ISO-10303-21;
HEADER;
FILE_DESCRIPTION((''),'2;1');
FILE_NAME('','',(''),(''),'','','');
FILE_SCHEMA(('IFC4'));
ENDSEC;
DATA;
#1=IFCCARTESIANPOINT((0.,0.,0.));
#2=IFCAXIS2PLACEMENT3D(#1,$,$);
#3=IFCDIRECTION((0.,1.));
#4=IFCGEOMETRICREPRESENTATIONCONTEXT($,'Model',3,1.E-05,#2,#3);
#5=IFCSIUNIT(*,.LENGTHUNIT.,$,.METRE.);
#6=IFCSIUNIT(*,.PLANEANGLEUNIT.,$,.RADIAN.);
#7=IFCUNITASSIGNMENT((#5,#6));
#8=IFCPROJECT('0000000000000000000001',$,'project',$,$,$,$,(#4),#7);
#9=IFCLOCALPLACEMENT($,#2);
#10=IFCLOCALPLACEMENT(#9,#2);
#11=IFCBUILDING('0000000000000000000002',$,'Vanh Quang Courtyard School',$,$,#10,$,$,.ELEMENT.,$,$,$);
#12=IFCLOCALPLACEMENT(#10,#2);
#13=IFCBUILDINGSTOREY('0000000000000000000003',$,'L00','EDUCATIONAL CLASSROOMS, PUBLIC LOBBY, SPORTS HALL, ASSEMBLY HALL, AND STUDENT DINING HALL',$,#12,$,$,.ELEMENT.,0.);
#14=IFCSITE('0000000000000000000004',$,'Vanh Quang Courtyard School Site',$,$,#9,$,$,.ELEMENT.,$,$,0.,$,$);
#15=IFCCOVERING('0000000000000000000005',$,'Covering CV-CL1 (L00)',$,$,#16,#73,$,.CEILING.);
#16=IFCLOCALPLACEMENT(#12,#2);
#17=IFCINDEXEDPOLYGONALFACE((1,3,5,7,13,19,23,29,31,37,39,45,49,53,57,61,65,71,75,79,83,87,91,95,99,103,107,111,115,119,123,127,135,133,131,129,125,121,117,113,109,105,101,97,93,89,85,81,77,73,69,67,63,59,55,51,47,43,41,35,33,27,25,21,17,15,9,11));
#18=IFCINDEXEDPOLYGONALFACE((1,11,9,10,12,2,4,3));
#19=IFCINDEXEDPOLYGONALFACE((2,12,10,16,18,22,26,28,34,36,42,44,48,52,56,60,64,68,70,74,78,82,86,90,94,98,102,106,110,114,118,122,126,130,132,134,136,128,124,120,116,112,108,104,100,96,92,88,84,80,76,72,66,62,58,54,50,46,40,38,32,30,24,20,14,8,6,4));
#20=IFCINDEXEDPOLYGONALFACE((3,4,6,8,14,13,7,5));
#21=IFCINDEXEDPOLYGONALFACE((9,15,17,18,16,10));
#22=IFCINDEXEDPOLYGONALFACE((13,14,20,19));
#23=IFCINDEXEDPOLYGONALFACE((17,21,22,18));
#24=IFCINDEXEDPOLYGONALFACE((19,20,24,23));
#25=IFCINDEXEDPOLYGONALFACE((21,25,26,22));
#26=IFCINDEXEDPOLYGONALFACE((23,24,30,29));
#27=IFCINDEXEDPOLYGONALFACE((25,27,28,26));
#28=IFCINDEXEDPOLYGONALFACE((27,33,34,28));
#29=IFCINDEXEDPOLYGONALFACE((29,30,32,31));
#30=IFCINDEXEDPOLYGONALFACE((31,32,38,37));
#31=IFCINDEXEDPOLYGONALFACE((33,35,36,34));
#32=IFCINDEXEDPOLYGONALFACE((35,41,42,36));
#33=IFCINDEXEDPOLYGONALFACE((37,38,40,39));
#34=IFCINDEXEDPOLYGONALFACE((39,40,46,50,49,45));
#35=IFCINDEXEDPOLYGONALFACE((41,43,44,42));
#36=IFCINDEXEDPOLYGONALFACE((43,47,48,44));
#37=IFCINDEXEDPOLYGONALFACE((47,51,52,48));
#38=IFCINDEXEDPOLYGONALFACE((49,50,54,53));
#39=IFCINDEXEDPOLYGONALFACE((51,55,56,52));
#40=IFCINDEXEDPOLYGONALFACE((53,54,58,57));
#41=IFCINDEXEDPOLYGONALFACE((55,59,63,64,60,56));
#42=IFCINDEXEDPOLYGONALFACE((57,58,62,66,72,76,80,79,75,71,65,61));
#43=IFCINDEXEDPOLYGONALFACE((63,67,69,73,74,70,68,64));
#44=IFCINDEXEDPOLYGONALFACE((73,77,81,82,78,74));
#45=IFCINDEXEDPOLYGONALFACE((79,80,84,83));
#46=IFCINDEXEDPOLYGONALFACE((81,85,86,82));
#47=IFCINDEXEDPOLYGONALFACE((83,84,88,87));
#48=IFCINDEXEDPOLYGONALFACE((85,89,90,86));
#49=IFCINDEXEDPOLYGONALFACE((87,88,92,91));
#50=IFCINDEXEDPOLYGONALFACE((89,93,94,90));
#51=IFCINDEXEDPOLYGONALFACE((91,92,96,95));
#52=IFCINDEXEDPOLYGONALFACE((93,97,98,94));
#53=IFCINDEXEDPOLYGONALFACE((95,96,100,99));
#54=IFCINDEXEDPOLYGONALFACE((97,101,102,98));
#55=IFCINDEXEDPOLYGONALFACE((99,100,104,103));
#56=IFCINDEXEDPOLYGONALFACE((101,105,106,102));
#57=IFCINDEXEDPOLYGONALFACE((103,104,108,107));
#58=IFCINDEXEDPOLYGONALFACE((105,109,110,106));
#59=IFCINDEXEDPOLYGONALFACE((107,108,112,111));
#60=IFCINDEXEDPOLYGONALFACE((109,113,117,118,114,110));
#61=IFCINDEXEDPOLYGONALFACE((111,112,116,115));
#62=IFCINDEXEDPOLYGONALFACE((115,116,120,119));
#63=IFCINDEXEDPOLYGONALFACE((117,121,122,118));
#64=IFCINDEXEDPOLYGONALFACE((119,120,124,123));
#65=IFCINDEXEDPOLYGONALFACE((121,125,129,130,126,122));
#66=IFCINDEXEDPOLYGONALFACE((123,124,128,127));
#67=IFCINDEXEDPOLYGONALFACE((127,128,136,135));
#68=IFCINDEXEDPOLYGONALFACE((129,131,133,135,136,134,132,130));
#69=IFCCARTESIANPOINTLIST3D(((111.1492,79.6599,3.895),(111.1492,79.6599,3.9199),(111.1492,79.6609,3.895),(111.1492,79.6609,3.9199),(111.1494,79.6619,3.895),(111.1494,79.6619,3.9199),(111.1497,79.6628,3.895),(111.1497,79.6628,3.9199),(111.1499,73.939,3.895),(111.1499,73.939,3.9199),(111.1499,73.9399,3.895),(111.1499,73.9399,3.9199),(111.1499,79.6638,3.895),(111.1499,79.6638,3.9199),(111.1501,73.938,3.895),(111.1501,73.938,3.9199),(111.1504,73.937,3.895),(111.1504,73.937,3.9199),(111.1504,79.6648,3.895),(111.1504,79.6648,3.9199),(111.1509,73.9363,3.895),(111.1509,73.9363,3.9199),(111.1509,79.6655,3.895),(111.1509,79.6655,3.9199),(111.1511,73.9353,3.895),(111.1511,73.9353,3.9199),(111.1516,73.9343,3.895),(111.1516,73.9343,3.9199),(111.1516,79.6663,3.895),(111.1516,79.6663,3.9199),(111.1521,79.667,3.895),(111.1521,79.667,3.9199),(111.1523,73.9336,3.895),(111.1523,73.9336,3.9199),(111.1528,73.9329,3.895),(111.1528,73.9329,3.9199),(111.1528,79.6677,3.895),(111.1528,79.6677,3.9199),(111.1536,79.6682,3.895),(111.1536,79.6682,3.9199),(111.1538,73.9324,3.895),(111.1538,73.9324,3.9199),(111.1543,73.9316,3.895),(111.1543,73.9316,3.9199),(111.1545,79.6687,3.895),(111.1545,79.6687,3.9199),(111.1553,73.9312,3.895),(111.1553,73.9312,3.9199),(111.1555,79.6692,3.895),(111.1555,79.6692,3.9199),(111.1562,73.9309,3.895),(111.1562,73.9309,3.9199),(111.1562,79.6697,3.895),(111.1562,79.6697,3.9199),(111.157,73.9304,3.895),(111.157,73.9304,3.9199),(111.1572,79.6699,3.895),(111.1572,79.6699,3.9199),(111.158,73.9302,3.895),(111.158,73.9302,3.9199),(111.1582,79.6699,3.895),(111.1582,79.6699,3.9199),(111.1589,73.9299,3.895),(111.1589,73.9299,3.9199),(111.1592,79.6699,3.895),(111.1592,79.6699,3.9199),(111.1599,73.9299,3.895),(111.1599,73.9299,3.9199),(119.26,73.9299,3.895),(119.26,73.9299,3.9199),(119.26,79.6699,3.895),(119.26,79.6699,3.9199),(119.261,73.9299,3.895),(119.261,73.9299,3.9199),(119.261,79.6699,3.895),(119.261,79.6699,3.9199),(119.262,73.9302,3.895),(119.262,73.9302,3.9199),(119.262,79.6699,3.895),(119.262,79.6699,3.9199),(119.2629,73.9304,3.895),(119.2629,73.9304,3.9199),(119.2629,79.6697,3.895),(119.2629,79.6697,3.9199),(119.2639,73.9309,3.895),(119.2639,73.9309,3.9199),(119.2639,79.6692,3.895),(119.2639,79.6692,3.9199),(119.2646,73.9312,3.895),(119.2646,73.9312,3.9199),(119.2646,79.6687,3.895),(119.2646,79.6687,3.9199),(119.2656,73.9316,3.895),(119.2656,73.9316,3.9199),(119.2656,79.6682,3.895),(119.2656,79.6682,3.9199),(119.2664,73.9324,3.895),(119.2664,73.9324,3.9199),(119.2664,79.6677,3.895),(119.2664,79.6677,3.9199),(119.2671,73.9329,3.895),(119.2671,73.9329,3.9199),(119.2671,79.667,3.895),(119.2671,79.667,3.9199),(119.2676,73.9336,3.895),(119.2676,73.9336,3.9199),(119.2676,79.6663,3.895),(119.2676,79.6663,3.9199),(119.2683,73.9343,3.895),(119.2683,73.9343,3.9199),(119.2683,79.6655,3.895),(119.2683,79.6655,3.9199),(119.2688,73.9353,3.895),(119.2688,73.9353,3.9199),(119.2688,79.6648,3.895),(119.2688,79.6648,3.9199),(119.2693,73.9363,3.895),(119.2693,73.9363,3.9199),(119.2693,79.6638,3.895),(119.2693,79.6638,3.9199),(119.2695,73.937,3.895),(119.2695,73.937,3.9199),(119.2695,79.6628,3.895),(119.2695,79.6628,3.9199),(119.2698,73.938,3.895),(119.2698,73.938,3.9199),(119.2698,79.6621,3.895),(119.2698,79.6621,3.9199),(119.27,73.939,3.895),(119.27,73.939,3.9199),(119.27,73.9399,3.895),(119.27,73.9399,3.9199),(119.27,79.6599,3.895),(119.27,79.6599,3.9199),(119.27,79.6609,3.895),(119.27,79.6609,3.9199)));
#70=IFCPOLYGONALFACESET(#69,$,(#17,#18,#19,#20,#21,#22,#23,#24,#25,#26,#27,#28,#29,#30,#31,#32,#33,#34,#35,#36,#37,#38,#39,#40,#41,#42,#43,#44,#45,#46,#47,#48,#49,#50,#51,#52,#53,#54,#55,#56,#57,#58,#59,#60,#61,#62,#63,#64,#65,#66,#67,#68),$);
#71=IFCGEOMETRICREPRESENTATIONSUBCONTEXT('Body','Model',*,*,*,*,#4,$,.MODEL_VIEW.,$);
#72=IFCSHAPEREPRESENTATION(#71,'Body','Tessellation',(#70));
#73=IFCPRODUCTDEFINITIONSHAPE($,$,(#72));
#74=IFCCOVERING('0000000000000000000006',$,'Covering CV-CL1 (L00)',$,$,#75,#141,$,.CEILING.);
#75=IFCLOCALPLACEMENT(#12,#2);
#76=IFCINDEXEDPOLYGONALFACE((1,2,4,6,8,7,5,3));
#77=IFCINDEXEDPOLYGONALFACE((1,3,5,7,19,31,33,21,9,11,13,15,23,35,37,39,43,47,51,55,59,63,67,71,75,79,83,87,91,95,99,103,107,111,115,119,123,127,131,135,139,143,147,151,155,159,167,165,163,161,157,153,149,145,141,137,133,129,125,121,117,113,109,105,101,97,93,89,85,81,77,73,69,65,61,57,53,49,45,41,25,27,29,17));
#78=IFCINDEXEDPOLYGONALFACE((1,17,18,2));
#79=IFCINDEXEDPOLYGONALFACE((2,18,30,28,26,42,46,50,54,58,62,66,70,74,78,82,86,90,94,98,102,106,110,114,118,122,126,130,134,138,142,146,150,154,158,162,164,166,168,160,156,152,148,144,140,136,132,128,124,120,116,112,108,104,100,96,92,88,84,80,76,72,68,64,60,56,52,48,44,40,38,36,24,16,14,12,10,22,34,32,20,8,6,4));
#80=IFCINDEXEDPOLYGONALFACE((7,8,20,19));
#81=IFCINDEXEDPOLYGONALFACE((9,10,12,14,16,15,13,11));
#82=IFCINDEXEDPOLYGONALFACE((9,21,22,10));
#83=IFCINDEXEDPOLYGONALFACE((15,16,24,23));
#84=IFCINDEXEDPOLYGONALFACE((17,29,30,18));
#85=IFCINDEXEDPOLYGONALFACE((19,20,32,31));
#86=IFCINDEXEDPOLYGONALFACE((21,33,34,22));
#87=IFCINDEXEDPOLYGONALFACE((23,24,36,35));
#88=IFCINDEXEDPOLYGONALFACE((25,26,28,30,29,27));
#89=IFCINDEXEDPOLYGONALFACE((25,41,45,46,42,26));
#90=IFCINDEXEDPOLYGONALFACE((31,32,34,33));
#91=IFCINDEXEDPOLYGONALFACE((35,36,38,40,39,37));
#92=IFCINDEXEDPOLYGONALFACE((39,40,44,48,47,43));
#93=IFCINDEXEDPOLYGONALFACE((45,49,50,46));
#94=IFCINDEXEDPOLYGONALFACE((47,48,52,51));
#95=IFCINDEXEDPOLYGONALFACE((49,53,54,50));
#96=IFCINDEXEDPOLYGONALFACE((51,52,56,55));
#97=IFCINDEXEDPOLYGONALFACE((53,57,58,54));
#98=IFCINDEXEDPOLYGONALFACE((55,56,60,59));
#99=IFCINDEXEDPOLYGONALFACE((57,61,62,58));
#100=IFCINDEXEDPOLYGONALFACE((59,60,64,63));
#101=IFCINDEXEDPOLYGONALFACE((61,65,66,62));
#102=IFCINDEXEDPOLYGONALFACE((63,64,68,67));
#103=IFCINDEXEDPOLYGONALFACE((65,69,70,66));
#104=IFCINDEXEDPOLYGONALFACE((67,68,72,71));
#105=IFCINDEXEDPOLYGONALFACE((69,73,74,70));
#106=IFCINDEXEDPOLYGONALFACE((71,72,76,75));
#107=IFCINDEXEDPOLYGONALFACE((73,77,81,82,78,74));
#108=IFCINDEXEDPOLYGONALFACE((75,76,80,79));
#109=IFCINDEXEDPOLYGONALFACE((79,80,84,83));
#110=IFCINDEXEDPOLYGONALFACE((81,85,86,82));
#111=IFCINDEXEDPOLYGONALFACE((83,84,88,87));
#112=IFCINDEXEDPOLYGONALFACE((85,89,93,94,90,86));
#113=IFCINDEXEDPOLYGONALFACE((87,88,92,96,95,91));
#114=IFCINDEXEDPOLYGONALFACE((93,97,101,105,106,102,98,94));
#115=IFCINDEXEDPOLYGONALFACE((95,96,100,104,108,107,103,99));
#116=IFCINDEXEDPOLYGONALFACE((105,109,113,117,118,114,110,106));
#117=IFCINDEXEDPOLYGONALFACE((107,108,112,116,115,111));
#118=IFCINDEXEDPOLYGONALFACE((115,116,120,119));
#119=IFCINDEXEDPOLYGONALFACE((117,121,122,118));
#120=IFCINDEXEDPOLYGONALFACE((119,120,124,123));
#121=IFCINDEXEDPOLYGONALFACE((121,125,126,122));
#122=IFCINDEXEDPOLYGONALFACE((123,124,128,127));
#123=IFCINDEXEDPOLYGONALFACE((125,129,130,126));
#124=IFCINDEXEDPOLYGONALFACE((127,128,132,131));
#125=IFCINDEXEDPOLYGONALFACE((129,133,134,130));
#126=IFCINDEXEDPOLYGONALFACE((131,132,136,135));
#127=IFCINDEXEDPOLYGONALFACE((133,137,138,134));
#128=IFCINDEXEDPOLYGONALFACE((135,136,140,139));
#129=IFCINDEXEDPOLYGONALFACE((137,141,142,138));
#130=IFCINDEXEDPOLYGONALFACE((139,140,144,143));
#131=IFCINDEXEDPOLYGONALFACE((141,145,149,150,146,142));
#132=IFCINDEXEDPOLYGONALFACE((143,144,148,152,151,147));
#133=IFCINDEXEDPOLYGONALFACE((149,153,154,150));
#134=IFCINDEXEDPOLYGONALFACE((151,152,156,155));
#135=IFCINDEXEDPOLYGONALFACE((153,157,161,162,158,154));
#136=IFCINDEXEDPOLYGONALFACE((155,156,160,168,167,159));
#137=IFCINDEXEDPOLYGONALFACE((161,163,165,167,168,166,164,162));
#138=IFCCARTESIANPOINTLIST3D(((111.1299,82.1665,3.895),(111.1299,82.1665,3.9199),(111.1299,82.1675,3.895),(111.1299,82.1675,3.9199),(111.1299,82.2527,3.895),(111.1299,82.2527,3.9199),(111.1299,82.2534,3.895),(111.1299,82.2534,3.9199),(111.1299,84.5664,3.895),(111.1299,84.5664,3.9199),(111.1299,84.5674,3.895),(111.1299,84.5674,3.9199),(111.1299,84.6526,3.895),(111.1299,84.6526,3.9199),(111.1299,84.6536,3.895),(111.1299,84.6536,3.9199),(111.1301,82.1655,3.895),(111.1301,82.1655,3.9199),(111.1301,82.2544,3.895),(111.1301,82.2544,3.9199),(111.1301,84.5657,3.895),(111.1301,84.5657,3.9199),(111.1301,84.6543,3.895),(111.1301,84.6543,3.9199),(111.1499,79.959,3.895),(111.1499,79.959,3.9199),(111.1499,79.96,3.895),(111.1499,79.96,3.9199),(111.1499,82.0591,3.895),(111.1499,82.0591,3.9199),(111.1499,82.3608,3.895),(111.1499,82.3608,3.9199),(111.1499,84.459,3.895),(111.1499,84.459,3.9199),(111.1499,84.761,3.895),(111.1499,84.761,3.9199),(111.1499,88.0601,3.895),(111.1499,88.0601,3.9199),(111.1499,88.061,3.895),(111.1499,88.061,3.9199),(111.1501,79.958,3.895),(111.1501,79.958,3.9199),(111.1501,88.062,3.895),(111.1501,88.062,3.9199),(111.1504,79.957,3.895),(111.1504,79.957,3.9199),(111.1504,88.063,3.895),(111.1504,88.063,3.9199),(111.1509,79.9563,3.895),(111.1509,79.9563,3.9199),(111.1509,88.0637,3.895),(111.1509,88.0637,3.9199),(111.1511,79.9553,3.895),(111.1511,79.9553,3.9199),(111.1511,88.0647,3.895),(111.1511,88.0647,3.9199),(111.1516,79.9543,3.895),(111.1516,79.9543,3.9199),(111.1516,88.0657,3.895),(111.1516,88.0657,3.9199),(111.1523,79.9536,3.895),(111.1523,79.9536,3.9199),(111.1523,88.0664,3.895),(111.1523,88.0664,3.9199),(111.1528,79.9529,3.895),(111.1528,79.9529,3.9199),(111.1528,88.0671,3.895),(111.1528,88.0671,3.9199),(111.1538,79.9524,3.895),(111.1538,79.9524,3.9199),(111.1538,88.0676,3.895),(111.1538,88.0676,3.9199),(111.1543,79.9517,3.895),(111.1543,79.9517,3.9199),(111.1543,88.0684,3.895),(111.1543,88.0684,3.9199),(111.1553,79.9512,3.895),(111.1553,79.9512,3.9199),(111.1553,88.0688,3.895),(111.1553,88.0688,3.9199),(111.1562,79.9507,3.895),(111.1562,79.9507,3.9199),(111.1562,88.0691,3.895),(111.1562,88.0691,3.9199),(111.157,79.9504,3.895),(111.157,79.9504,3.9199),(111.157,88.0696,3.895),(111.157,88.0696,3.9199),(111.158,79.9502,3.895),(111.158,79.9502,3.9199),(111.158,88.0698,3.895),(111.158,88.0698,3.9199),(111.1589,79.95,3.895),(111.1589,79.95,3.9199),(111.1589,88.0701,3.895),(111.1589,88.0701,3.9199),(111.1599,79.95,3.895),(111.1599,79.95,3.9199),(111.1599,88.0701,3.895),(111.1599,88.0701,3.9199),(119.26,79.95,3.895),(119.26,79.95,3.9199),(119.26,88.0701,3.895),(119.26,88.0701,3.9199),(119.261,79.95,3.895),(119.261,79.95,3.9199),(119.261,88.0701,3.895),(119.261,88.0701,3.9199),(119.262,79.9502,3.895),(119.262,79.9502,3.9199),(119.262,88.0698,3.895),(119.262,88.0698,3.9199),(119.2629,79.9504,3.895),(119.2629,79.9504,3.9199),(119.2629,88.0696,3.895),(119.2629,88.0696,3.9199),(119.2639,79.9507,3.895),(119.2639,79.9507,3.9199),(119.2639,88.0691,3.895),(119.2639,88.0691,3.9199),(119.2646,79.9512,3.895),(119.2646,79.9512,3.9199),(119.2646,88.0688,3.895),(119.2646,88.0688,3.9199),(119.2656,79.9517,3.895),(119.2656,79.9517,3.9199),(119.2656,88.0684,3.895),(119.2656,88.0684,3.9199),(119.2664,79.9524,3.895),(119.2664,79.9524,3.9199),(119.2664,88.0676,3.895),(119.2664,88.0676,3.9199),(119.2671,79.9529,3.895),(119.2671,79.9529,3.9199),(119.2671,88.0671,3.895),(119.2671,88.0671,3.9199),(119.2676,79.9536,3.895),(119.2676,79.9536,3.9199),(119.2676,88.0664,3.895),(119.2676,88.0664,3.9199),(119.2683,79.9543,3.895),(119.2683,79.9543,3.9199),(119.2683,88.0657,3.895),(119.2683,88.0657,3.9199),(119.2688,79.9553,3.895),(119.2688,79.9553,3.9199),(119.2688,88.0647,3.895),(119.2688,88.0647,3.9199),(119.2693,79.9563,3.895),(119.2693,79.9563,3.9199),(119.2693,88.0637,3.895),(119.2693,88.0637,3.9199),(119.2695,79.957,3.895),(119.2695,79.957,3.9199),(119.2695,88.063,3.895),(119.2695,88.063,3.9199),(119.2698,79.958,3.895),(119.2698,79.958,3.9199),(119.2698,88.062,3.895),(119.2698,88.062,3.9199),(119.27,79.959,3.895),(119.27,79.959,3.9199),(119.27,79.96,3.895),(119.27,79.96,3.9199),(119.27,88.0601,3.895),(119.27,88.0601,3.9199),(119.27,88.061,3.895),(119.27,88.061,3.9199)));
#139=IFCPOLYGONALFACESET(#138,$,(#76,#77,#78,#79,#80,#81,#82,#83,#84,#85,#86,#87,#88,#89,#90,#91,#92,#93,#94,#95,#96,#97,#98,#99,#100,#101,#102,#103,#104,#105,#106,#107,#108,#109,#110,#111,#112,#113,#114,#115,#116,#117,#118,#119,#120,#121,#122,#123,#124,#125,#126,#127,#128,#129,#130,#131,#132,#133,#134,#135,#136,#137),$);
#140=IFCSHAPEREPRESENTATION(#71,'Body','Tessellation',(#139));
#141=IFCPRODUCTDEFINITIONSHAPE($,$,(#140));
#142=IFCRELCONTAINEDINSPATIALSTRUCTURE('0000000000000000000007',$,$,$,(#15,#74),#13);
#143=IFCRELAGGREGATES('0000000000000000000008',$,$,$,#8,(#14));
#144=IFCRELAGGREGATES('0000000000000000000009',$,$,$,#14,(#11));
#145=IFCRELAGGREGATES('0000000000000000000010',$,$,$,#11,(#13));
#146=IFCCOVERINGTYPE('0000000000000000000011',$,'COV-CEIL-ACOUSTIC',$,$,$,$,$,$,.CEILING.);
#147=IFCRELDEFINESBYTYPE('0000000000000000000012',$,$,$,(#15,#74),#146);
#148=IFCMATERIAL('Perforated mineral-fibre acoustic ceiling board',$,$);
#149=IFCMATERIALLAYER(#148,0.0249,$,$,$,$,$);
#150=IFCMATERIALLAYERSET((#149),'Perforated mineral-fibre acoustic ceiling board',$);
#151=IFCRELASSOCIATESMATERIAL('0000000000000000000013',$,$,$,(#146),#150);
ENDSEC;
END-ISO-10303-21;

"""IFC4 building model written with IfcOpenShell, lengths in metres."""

from ifc_helpers import new_model, si_unit, direction, frame, origin, place, context, subcontext, project, spatial, polyline, outline, extrude, material, layer, layer_set, type_object, element, save


model = new_model("IFC4")

# Units and contexts
model_context = context("Model", 3, precision=1e-05, world=origin(), true_north=direction((0.0, 1.0)))
body_context = subcontext(model_context, "Body", "Model", "MODEL_VIEW")
ifc_project = project(units=[si_unit("LENGTHUNIT", "METRE"), si_unit("PLANEANGLEUNIT", "RADIAN")], contexts=[model_context])

# Site, building, storey
site_placement = place(None, origin())
site = spatial("IfcSite", under=ifc_project, at=site_placement, Name="Vanh Quang Courtyard School Site", CompositionType="ELEMENT", RefElevation=0.0)
building_placement = place(site_placement, origin())
building = spatial("IfcBuilding", under=site, at=building_placement, Name="Vanh Quang Courtyard School", CompositionType="ELEMENT")
storey_placement = place(building_placement, origin())
storey = spatial("IfcBuildingStorey", under=building, at=storey_placement, Name="L00", Description="EDUCATIONAL CLASSROOMS, PUBLIC LOBBY, SPORTS HALL, ASSEMBLY HALL, AND STUDENT DINING HALL", CompositionType="ELEMENT", Elevation=0.0)

# Coverings
ifc_material_1 = material(Name="Perforated mineral-fibre acoustic ceiling board")
ifc_layer_1 = layer(ifc_material_1, 0.0249)
ifc_layer_set_1 = layer_set([ifc_layer_1], Name="Perforated mineral-fibre acoustic ceiling board")
covering_type = type_object("IfcCoveringType", Name="COV-CEIL-ACOUSTIC", PredefinedType="CEILING", material=ifc_layer_set_1)
covering_1_placement = place(storey_placement, frame((0.0, 0.0, 3.895)))
element("IfcCovering", 1, at=covering_1_placement, inside=storey, type_object=covering_type, Name="Covering CV-CL1 (L00)", PredefinedType="CEILING", context=body_context, shape_type="SweptSolid", body=[
    extrude(outline(polyline([(111.1599, 73.9299), (111.1589, 73.9299), (111.158, 73.9302), (111.157, 73.9304), (111.1562, 73.9309), (111.1553, 73.9312), (111.1543, 73.9316), (111.1538, 73.9324), (111.1528, 73.9329), (111.1523, 73.9336), (111.1516, 73.9343), (111.1511, 73.9353), (111.1509, 73.9363), (111.1504, 73.937), (111.1501, 73.938), (111.1499, 73.939), (111.1499, 73.9399), (111.1492, 79.6599), (111.1492, 79.6609), (111.1494, 79.6619), (111.1497, 79.6628), (111.1499, 79.6638), (111.1504, 79.6648), (111.1509, 79.6655), (111.1516, 79.6663), (111.1521, 79.667), (111.1528, 79.6677), (111.1536, 79.6682), (111.1545, 79.6687), (111.1555, 79.6692), (111.1562, 79.6697), (111.1572, 79.6699), (111.1582, 79.6699), (111.1592, 79.6699), (119.26, 79.6699), (119.261, 79.6699), (119.262, 79.6699), (119.2629, 79.6697), (119.2639, 79.6692), (119.2646, 79.6687), (119.2656, 79.6682), (119.2664, 79.6677), (119.2671, 79.667), (119.2676, 79.6663), (119.2683, 79.6655), (119.2688, 79.6648), (119.2693, 79.6638), (119.2695, 79.6628), (119.2698, 79.6621), (119.27, 79.6609), (119.27, 79.6599), (119.27, 73.9399), (119.27, 73.939), (119.2698, 73.938), (119.2695, 73.937), (119.2693, 73.9363), (119.2688, 73.9353), (119.2683, 73.9343), (119.2676, 73.9336), (119.2671, 73.9329), (119.2664, 73.9324), (119.2656, 73.9316), (119.2646, 73.9312), (119.2639, 73.9309), (119.2629, 73.9304), (119.262, 73.9302), (119.261, 73.9299), (119.26, 73.9299), (111.1599, 73.9299)])), origin(), (0.0, 0.0, 1.0), 0.0249),
])
covering_2_placement = place(storey_placement, frame((0.0, 0.0, 3.895)))
element("IfcCovering", 2, at=covering_2_placement, inside=storey, type_object=covering_type, Name="Covering CV-CL1 (L00)", PredefinedType="CEILING", context=body_context, shape_type="SweptSolid", body=[
    extrude(outline(polyline([(111.1599, 79.95), (111.1589, 79.95), (111.158, 79.9502), (111.157, 79.9504), (111.1562, 79.9507), (111.1553, 79.9512), (111.1543, 79.9517), (111.1538, 79.9524), (111.1528, 79.9529), (111.1523, 79.9536), (111.1516, 79.9543), (111.1511, 79.9553), (111.1509, 79.9563), (111.1504, 79.957), (111.1501, 79.958), (111.1499, 79.959), (111.1499, 79.96), (111.1499, 82.0591), (111.1301, 82.1655), (111.1299, 82.1665), (111.1299, 82.1675), (111.1299, 82.2527), (111.1299, 82.2534), (111.1301, 82.2544), (111.1499, 82.3608), (111.1499, 84.459), (111.1301, 84.5657), (111.1299, 84.5664), (111.1299, 84.5674), (111.1299, 84.6526), (111.1299, 84.6536), (111.1301, 84.6543), (111.1499, 84.761), (111.1499, 88.0601), (111.1499, 88.061), (111.1501, 88.062), (111.1504, 88.063), (111.1509, 88.0637), (111.1511, 88.0647), (111.1516, 88.0657), (111.1523, 88.0664), (111.1528, 88.0671), (111.1538, 88.0676), (111.1543, 88.0684), (111.1553, 88.0688), (111.1562, 88.0691), (111.157, 88.0696), (111.158, 88.0698), (111.1589, 88.0701), (111.1599, 88.0701), (119.26, 88.0701), (119.261, 88.0701), (119.262, 88.0698), (119.2629, 88.0696), (119.2639, 88.0691), (119.2646, 88.0688), (119.2656, 88.0684), (119.2664, 88.0676), (119.2671, 88.0671), (119.2676, 88.0664), (119.2683, 88.0657), (119.2688, 88.0647), (119.2693, 88.0637), (119.2695, 88.063), (119.2698, 88.062), (119.27, 88.061), (119.27, 88.0601), (119.27, 79.96), (119.27, 79.959), (119.2698, 79.958), (119.2695, 79.957), (119.2693, 79.9563), (119.2688, 79.9553), (119.2683, 79.9543), (119.2676, 79.9536), (119.2671, 79.9529), (119.2664, 79.9524), (119.2656, 79.9517), (119.2646, 79.9512), (119.2639, 79.9507), (119.2629, 79.9504), (119.262, 79.9502), (119.261, 79.95), (119.26, 79.95), (111.1599, 79.95)])), origin(), (0.0, 0.0, 1.0), 0.0249),
])

save(model, "model.ifc")
